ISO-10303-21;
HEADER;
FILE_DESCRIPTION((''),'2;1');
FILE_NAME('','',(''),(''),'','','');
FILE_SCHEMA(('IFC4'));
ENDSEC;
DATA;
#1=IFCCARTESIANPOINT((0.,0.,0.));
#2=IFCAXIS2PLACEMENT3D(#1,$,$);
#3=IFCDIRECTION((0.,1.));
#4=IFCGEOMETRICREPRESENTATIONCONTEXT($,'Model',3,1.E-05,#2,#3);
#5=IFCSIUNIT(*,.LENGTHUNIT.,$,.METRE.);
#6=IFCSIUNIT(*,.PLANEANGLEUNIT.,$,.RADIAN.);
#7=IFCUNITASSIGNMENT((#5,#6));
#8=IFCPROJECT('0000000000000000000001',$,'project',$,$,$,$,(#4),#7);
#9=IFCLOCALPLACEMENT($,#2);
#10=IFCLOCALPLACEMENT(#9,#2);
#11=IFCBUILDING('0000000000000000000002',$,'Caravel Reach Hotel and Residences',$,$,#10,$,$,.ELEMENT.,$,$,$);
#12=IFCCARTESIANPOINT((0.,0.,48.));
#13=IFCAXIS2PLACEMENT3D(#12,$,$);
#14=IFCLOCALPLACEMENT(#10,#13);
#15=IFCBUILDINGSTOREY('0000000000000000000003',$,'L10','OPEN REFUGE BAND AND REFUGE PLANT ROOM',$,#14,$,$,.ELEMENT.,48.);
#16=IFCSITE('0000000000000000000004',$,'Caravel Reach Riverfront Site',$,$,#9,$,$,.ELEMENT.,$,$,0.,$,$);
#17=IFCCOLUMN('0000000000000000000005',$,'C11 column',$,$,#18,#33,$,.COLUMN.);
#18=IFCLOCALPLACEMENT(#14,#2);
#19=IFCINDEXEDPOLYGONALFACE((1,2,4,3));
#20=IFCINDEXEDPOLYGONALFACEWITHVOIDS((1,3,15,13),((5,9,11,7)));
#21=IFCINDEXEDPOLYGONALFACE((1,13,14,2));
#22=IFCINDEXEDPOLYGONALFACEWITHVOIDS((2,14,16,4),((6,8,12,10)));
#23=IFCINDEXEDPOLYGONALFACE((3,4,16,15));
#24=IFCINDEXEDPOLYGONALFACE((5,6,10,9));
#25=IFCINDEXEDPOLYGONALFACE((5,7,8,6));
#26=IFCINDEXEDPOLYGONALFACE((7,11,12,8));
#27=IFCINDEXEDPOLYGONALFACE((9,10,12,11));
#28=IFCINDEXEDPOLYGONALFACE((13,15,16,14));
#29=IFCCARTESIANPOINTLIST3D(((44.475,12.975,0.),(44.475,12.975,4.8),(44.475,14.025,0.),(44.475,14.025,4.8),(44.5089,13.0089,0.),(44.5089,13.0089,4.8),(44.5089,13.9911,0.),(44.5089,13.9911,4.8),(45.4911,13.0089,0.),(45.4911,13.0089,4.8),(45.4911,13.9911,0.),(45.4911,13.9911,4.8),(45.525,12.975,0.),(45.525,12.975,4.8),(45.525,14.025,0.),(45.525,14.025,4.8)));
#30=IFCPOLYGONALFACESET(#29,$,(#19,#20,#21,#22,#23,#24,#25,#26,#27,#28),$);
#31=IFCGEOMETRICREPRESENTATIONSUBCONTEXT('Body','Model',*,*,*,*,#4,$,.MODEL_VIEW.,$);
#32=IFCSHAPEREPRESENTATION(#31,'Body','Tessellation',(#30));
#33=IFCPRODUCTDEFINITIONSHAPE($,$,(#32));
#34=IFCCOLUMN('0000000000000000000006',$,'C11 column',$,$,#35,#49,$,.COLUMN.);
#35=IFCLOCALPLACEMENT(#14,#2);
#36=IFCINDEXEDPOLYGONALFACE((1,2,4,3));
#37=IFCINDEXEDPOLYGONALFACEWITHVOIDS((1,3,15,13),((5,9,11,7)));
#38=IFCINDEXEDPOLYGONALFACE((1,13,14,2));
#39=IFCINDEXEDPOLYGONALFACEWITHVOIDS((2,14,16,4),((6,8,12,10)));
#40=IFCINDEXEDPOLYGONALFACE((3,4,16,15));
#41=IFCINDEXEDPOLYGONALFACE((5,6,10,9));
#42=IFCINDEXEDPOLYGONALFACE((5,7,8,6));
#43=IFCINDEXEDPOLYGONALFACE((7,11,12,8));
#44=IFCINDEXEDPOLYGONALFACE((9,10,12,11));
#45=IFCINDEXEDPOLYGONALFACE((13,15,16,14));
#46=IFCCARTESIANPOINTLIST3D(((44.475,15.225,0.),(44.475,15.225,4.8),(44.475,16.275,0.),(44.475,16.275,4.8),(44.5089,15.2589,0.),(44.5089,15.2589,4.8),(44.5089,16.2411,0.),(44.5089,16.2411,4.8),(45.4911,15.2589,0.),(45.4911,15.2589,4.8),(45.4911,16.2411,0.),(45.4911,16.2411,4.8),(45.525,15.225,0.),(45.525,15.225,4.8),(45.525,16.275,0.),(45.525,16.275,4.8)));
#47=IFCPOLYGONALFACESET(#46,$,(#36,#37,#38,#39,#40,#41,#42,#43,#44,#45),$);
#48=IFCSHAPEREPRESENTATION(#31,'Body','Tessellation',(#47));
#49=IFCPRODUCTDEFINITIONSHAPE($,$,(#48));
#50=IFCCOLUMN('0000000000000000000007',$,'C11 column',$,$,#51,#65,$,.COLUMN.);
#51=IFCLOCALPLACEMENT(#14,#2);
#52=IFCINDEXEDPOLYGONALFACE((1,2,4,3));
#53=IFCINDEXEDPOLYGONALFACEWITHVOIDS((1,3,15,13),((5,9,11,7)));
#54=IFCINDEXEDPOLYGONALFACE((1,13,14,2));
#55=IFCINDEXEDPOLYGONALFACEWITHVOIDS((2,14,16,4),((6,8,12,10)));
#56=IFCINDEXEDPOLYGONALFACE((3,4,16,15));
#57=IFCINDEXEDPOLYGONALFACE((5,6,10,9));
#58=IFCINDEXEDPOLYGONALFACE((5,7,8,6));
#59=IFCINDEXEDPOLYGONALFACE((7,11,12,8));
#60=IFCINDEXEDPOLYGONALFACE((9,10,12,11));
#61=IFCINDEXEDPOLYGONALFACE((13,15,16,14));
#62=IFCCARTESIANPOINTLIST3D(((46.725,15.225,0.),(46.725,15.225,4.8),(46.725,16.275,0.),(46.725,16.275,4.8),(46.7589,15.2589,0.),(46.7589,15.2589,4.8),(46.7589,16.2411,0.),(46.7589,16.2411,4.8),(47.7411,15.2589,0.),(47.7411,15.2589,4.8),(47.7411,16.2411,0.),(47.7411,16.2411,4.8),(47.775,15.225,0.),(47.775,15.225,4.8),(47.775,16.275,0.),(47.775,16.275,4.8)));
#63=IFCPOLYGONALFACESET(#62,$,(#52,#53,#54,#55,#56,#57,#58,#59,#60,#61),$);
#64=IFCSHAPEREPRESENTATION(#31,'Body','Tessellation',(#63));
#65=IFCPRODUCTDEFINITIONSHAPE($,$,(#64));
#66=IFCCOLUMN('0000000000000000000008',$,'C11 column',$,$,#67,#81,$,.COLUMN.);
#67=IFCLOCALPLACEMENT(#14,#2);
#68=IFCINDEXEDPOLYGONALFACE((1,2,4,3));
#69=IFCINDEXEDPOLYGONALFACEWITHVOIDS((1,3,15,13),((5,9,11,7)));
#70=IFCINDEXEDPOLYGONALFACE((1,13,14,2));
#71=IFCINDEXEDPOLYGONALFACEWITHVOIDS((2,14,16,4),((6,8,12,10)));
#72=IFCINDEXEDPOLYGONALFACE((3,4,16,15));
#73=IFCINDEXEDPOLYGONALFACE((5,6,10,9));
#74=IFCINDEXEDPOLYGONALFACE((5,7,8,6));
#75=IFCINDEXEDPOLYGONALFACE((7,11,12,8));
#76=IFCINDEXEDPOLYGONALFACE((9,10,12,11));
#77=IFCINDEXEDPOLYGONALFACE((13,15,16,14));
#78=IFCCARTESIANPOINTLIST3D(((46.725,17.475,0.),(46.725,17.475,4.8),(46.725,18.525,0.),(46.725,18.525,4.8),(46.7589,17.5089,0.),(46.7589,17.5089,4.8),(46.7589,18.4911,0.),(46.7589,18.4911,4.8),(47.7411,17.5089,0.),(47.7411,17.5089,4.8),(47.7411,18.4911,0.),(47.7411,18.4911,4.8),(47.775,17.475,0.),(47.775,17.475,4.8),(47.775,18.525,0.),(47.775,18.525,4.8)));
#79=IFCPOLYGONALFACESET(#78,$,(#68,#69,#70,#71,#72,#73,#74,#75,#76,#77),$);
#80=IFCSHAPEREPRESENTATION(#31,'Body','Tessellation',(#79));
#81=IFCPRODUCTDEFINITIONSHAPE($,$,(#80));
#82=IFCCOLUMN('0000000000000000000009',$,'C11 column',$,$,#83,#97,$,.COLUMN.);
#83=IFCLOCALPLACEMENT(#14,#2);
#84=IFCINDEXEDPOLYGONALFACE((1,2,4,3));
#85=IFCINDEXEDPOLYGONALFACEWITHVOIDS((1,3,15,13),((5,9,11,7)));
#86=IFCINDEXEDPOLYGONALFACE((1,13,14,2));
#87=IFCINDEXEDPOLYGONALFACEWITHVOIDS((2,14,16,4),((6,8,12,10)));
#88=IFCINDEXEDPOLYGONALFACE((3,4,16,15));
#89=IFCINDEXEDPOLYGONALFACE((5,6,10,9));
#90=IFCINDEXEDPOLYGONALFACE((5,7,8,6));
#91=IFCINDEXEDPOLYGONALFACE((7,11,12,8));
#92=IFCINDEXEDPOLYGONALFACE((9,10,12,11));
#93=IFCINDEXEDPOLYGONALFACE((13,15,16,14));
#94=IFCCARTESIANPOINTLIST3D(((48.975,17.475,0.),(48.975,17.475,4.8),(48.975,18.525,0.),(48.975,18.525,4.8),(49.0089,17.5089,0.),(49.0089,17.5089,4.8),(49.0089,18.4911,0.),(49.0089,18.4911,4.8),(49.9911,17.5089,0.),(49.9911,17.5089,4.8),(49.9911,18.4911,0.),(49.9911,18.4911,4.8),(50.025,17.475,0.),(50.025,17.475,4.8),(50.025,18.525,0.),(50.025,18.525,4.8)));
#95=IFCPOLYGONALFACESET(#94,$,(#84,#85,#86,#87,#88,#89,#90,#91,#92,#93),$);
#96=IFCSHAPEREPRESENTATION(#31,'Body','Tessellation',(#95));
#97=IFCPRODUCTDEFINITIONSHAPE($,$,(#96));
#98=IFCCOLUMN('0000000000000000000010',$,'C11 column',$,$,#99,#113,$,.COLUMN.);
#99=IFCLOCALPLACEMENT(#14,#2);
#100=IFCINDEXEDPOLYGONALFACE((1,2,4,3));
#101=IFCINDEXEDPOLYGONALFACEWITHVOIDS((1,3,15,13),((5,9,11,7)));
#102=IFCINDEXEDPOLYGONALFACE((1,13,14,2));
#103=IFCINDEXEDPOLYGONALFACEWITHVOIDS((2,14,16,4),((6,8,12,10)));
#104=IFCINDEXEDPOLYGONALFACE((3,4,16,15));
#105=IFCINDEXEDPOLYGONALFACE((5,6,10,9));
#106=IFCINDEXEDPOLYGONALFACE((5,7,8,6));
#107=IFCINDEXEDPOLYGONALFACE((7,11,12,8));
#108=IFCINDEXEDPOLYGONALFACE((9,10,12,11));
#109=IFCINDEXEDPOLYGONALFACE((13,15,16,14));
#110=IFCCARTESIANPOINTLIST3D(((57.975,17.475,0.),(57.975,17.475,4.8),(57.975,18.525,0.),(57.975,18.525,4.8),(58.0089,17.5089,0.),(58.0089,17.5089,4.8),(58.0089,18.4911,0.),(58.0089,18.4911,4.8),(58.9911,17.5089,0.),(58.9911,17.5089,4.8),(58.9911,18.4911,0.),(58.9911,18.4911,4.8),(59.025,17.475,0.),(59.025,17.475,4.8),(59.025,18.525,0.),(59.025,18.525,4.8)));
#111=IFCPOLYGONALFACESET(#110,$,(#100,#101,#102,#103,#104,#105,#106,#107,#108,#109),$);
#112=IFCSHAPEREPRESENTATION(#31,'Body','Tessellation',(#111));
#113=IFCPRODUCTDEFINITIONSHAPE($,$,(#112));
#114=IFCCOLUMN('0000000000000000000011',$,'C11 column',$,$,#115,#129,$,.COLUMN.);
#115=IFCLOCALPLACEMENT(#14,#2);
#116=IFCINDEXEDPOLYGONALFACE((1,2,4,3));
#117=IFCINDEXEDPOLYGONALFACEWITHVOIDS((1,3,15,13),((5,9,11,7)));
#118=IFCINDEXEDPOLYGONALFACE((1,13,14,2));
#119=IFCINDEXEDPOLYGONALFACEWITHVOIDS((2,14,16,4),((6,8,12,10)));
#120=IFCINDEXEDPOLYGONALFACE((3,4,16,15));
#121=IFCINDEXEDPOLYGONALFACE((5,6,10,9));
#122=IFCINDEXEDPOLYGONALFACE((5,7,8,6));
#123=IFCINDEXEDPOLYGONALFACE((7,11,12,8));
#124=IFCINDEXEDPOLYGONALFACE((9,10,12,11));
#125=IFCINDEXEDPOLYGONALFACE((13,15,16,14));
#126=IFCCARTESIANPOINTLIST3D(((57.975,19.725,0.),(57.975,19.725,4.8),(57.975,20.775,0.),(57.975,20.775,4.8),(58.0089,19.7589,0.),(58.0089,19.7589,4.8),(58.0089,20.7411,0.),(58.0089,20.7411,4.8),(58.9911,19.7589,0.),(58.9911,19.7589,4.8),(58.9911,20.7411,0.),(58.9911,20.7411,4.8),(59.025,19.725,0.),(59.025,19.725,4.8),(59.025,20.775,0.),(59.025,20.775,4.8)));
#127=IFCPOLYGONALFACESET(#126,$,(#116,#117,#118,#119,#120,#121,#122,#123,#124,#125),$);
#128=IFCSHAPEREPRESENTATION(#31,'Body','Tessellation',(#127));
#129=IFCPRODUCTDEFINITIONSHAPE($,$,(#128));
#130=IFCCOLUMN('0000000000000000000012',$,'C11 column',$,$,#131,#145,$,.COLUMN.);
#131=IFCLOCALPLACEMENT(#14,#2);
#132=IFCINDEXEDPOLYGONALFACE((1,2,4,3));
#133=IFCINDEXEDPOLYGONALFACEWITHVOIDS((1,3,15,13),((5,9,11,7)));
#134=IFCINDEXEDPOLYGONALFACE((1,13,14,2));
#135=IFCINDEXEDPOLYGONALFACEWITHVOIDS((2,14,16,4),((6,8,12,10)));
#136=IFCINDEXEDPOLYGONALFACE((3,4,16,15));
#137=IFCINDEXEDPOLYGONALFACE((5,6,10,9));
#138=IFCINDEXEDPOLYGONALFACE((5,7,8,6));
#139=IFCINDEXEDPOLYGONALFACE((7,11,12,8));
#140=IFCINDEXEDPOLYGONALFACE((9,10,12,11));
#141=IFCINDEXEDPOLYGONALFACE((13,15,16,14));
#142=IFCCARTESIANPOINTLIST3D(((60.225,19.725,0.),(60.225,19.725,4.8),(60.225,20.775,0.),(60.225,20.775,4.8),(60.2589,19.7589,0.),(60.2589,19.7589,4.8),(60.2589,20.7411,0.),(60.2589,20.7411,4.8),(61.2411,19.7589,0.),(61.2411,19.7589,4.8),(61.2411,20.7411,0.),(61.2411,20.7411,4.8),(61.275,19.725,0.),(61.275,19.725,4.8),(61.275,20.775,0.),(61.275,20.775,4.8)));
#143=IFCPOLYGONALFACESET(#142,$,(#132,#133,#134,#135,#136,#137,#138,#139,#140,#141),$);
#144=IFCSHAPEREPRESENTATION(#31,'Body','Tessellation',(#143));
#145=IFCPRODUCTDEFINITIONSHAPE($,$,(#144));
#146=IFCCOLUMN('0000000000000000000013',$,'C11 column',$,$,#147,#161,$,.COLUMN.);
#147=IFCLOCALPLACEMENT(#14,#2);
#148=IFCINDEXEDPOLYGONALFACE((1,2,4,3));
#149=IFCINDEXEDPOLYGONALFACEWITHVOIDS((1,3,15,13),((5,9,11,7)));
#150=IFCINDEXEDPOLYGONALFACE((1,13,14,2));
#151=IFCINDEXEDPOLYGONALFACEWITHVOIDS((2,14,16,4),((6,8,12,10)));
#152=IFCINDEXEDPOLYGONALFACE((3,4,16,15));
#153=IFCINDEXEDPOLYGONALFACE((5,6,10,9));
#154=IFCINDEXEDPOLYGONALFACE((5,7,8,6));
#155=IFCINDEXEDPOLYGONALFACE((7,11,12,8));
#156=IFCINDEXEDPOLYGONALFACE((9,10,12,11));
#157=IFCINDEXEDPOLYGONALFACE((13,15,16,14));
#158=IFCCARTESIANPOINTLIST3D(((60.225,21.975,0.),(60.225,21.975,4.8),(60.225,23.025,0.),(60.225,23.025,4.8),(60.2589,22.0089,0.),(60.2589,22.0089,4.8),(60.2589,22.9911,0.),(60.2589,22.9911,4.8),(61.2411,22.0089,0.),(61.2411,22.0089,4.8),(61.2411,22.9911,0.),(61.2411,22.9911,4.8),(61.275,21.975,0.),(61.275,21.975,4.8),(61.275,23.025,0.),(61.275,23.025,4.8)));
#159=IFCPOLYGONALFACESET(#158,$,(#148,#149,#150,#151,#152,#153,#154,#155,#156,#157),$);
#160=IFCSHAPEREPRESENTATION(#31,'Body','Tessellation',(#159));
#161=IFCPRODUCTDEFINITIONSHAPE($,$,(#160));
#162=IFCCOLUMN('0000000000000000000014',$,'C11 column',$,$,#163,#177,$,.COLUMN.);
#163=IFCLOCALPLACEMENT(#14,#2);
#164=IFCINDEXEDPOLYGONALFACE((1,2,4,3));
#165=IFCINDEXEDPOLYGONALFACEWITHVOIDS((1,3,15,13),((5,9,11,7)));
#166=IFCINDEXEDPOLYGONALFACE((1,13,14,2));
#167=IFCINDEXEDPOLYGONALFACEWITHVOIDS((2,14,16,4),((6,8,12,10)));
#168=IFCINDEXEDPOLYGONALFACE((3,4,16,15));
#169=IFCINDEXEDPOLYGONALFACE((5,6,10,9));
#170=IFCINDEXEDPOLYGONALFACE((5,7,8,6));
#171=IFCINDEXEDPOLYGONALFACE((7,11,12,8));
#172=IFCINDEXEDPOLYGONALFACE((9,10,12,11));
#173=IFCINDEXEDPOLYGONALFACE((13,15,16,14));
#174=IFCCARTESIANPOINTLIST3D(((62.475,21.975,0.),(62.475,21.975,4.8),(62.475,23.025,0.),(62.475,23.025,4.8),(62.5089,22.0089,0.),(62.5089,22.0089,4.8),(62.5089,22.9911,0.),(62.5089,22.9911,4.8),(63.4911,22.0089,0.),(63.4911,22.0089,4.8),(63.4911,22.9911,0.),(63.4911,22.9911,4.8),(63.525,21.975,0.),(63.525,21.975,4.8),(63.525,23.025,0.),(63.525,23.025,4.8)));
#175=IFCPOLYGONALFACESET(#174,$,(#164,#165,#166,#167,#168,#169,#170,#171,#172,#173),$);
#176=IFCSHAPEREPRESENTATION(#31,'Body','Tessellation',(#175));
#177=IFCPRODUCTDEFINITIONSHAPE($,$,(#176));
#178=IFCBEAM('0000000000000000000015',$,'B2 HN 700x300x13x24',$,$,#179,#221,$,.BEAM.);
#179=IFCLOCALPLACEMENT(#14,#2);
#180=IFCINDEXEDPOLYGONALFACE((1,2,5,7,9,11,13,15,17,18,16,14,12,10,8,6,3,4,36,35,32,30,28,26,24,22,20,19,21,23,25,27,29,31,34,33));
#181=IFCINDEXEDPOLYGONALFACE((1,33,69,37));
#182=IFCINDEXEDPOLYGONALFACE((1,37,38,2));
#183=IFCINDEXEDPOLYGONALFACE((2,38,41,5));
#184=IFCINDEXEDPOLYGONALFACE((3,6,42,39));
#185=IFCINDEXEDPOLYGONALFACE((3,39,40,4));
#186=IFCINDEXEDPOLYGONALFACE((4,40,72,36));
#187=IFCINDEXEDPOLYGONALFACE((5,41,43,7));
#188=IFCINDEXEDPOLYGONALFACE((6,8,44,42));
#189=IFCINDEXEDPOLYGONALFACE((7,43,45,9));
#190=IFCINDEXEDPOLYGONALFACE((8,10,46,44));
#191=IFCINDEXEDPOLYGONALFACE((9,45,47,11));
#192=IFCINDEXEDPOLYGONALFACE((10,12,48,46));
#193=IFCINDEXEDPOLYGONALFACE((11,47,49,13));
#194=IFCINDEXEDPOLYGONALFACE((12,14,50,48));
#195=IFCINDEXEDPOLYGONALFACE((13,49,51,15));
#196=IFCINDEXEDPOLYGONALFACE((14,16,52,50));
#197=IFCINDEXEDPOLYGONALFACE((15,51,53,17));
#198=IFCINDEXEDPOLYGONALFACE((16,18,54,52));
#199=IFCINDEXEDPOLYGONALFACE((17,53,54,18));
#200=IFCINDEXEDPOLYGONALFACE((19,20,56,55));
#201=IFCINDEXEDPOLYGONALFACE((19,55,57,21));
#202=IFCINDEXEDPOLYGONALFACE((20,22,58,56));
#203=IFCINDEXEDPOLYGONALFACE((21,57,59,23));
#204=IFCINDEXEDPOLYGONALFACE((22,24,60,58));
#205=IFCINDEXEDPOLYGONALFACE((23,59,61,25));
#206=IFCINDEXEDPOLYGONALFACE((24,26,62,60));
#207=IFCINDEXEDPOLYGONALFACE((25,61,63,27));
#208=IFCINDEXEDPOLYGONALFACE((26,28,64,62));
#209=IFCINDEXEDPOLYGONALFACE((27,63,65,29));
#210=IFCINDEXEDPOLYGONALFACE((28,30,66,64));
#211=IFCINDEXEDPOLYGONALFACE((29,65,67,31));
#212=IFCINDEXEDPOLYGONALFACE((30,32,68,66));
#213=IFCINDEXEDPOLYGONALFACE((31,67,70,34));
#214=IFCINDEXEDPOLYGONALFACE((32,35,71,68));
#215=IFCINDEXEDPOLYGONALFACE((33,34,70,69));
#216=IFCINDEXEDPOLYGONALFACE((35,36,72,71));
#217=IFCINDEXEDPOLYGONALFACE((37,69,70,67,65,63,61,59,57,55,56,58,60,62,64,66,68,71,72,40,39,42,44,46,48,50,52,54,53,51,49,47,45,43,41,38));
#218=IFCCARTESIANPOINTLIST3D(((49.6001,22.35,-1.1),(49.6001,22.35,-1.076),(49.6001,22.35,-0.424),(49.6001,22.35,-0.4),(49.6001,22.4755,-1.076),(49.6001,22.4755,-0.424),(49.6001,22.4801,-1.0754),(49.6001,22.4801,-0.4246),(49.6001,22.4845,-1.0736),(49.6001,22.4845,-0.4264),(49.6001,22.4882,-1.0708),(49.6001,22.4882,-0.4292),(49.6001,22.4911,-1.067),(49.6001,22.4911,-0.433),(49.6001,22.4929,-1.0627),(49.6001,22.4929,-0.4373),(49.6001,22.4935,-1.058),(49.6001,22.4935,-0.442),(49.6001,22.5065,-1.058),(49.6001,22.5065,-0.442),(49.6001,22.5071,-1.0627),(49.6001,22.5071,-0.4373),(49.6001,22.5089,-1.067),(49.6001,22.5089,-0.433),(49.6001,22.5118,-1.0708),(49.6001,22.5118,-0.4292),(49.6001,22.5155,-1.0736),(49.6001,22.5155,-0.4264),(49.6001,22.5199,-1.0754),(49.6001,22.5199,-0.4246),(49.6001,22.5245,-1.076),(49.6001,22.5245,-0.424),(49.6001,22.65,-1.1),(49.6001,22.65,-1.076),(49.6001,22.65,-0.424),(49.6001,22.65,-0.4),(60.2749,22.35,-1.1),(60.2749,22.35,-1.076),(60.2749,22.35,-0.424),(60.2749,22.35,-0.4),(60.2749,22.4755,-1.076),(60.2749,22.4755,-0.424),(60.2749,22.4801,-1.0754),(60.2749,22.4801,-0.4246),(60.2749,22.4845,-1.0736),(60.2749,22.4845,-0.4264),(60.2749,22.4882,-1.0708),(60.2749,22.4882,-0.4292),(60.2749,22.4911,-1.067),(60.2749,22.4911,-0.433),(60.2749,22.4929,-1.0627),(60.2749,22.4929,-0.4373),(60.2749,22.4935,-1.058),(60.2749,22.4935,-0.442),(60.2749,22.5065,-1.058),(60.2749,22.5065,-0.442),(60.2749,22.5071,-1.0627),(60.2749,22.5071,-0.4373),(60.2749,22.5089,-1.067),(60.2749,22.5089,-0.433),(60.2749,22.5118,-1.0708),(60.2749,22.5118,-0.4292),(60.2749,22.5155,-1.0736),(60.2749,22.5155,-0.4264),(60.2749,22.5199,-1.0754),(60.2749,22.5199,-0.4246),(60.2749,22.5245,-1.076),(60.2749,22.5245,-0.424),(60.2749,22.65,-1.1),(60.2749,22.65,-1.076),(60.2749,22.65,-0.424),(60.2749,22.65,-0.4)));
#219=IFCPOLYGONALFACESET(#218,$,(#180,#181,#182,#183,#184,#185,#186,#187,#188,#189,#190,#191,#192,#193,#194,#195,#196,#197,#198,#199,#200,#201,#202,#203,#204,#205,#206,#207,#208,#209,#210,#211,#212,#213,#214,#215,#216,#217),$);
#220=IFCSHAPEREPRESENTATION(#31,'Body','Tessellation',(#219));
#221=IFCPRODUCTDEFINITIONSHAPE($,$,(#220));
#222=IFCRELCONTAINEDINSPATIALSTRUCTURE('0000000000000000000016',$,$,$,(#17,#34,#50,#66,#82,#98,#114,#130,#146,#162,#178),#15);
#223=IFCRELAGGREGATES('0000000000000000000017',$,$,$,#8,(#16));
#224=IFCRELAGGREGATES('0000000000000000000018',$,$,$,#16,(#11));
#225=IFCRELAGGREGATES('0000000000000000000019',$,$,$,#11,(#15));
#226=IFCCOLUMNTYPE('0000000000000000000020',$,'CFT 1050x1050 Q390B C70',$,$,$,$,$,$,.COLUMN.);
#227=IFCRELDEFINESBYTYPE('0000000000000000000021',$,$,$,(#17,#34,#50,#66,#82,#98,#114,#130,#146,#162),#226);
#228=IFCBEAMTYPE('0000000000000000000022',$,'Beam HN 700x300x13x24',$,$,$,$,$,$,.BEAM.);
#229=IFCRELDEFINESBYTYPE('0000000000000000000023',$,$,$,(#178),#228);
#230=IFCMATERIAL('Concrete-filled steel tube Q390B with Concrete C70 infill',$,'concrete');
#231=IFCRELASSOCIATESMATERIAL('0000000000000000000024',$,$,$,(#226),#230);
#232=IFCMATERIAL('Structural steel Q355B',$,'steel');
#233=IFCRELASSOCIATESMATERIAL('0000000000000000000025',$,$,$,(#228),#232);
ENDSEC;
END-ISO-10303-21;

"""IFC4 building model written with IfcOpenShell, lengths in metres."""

from ifc_helpers import new_model, si_unit, direction, frame, origin, origin_2d, place, context, subcontext, project, spatial, hollow_rectangle, i_section, extrude, material, material_profile, profile_set, type_object, element, save


model = new_model("IFC4")

# Units and contexts
model_context = context("Model", 3, precision=1e-05, world=origin(), true_north=direction((0.0, 1.0)))
body_context = subcontext(model_context, "Body", "Model", "MODEL_VIEW")
ifc_project = project(units=[si_unit("LENGTHUNIT", "METRE"), si_unit("PLANEANGLEUNIT", "RADIAN")], contexts=[model_context])

# Site, building, storey
site_placement = place(None, origin())
site = spatial("IfcSite", under=ifc_project, at=site_placement, Name="Caravel Reach Riverfront Site", CompositionType="ELEMENT", RefElevation=0.0)
building_placement = place(site_placement, origin())
building = spatial("IfcBuilding", under=site, at=building_placement, Name="Caravel Reach Hotel and Residences", CompositionType="ELEMENT")
storey_placement = place(building_placement, frame((0.0, 0.0, 48.0)))
storey = spatial("IfcBuildingStorey", under=building, at=storey_placement, Name="L10", Description="OPEN REFUGE BAND AND REFUGE PLANT ROOM", CompositionType="ELEMENT", Elevation=48.0)

# Columns
ifc_material_1 = material(Name="Concrete-filled steel tube Q390B with Concrete C70 infill", Category="concrete")
ifc_material_profile_1 = material_profile(ifc_material_1, hollow_rectangle(XDim=1.05, YDim=1.05, WallThickness=0.0339, at=origin_2d()), Name="RHS 1050x1050x34")
ifc_profile_set_1 = profile_set([ifc_material_profile_1], Name="Concrete-filled steel tube Q390B with Concrete C70 infill")
column_type = type_object("IfcColumnType", Name="CFT 1050x1050 Q390B C70", PredefinedType="COLUMN", material=ifc_profile_set_1)
for number, where, z_axis, x_axis, name in (
    (1, (45.0, 13.5, 0.0), (0.0, 0.0, 1.0), (1.0, 0.0, 0.0), "C11 column"),
    (2, (45.0, 15.75, 0.0), (0.0, 0.0, 1.0), (1.0, 0.0, 0.0), "C11 column"),
    (3, (47.25, 15.75, 0.0), (0.0, 0.0, 1.0), (1.0, 0.0, 0.0), "C11 column"),
    (4, (47.25, 18.0, 0.0), (0.0, 0.0, 1.0), (1.0, 0.0, 0.0), "C11 column"),
    (5, (49.5, 18.0, 0.0), (0.0, 0.0, 1.0), (1.0, 0.0, 0.0), "C11 column"),
    (6, (58.5, 18.0, 0.0), (0.0, 0.0, 1.0), (1.0, 0.0, 0.0), "C11 column"),
    (7, (58.5, 20.25, 0.0), (0.0, 0.0, 1.0), (1.0, 0.0, 0.0), "C11 column"),
    (8, (60.75, 20.25, 0.0), (0.0, 0.0, 1.0), (1.0, 0.0, 0.0), "C11 column"),
    (9, (60.75, 22.5, 0.0), (0.0, 0.0, 1.0), (1.0, 0.0, 0.0), "C11 column"),
    (10, (63.0, 22.5, 0.0), (0.0, 0.0, 1.0), (1.0, 0.0, 0.0), "C11 column"),
):
    element("IfcColumn", number, at=place(storey_placement, frame(where, z_axis=z_axis, x_axis=x_axis)), inside=storey, type_object=column_type, Name=name, PredefinedType="COLUMN", context=body_context, shape_type="SweptSolid", body=[
        extrude(hollow_rectangle(XDim=1.05, YDim=1.05, WallThickness=0.0339, at=origin_2d()), origin(), (0.0, 0.0, 1.0), 4.8),
    ])

# Beam
ifc_material_2 = material(Name="Structural steel Q355B", Category="steel")
ifc_material_profile_2 = material_profile(ifc_material_2, i_section(OverallWidth=0.3, OverallDepth=0.7, WebThickness=0.0129, FlangeThickness=0.0239, FilletRadius=0.0181, at=origin_2d()), Name="HN 700x300x13x24")
ifc_profile_set_2 = profile_set([ifc_material_profile_2], Name="Structural steel Q355B")
beam_type_1 = type_object("IfcBeamType", Name="Beam HN 700x300x13x24", PredefinedType="BEAM", material=ifc_profile_set_2)
beam_1_placement = place(storey_placement, frame((49.6001, 22.5, -0.75), z_axis=(1.0, 0.0, 0.0), x_axis=(0.0, 1.0, 0.0)))
element("IfcBeam", 11, at=beam_1_placement, inside=storey, type_object=beam_type_1, Name="B2 HN 700x300x13x24", PredefinedType="BEAM", context=body_context, shape_type="SweptSolid", body=[
    extrude(i_section(OverallWidth=0.3, OverallDepth=0.7, WebThickness=0.0129, FlangeThickness=0.0239, FilletRadius=0.0181, at=origin_2d()), origin(), (0.0, 0.0, 1.0), 10.6748),
])

save(model, "model.ifc")
